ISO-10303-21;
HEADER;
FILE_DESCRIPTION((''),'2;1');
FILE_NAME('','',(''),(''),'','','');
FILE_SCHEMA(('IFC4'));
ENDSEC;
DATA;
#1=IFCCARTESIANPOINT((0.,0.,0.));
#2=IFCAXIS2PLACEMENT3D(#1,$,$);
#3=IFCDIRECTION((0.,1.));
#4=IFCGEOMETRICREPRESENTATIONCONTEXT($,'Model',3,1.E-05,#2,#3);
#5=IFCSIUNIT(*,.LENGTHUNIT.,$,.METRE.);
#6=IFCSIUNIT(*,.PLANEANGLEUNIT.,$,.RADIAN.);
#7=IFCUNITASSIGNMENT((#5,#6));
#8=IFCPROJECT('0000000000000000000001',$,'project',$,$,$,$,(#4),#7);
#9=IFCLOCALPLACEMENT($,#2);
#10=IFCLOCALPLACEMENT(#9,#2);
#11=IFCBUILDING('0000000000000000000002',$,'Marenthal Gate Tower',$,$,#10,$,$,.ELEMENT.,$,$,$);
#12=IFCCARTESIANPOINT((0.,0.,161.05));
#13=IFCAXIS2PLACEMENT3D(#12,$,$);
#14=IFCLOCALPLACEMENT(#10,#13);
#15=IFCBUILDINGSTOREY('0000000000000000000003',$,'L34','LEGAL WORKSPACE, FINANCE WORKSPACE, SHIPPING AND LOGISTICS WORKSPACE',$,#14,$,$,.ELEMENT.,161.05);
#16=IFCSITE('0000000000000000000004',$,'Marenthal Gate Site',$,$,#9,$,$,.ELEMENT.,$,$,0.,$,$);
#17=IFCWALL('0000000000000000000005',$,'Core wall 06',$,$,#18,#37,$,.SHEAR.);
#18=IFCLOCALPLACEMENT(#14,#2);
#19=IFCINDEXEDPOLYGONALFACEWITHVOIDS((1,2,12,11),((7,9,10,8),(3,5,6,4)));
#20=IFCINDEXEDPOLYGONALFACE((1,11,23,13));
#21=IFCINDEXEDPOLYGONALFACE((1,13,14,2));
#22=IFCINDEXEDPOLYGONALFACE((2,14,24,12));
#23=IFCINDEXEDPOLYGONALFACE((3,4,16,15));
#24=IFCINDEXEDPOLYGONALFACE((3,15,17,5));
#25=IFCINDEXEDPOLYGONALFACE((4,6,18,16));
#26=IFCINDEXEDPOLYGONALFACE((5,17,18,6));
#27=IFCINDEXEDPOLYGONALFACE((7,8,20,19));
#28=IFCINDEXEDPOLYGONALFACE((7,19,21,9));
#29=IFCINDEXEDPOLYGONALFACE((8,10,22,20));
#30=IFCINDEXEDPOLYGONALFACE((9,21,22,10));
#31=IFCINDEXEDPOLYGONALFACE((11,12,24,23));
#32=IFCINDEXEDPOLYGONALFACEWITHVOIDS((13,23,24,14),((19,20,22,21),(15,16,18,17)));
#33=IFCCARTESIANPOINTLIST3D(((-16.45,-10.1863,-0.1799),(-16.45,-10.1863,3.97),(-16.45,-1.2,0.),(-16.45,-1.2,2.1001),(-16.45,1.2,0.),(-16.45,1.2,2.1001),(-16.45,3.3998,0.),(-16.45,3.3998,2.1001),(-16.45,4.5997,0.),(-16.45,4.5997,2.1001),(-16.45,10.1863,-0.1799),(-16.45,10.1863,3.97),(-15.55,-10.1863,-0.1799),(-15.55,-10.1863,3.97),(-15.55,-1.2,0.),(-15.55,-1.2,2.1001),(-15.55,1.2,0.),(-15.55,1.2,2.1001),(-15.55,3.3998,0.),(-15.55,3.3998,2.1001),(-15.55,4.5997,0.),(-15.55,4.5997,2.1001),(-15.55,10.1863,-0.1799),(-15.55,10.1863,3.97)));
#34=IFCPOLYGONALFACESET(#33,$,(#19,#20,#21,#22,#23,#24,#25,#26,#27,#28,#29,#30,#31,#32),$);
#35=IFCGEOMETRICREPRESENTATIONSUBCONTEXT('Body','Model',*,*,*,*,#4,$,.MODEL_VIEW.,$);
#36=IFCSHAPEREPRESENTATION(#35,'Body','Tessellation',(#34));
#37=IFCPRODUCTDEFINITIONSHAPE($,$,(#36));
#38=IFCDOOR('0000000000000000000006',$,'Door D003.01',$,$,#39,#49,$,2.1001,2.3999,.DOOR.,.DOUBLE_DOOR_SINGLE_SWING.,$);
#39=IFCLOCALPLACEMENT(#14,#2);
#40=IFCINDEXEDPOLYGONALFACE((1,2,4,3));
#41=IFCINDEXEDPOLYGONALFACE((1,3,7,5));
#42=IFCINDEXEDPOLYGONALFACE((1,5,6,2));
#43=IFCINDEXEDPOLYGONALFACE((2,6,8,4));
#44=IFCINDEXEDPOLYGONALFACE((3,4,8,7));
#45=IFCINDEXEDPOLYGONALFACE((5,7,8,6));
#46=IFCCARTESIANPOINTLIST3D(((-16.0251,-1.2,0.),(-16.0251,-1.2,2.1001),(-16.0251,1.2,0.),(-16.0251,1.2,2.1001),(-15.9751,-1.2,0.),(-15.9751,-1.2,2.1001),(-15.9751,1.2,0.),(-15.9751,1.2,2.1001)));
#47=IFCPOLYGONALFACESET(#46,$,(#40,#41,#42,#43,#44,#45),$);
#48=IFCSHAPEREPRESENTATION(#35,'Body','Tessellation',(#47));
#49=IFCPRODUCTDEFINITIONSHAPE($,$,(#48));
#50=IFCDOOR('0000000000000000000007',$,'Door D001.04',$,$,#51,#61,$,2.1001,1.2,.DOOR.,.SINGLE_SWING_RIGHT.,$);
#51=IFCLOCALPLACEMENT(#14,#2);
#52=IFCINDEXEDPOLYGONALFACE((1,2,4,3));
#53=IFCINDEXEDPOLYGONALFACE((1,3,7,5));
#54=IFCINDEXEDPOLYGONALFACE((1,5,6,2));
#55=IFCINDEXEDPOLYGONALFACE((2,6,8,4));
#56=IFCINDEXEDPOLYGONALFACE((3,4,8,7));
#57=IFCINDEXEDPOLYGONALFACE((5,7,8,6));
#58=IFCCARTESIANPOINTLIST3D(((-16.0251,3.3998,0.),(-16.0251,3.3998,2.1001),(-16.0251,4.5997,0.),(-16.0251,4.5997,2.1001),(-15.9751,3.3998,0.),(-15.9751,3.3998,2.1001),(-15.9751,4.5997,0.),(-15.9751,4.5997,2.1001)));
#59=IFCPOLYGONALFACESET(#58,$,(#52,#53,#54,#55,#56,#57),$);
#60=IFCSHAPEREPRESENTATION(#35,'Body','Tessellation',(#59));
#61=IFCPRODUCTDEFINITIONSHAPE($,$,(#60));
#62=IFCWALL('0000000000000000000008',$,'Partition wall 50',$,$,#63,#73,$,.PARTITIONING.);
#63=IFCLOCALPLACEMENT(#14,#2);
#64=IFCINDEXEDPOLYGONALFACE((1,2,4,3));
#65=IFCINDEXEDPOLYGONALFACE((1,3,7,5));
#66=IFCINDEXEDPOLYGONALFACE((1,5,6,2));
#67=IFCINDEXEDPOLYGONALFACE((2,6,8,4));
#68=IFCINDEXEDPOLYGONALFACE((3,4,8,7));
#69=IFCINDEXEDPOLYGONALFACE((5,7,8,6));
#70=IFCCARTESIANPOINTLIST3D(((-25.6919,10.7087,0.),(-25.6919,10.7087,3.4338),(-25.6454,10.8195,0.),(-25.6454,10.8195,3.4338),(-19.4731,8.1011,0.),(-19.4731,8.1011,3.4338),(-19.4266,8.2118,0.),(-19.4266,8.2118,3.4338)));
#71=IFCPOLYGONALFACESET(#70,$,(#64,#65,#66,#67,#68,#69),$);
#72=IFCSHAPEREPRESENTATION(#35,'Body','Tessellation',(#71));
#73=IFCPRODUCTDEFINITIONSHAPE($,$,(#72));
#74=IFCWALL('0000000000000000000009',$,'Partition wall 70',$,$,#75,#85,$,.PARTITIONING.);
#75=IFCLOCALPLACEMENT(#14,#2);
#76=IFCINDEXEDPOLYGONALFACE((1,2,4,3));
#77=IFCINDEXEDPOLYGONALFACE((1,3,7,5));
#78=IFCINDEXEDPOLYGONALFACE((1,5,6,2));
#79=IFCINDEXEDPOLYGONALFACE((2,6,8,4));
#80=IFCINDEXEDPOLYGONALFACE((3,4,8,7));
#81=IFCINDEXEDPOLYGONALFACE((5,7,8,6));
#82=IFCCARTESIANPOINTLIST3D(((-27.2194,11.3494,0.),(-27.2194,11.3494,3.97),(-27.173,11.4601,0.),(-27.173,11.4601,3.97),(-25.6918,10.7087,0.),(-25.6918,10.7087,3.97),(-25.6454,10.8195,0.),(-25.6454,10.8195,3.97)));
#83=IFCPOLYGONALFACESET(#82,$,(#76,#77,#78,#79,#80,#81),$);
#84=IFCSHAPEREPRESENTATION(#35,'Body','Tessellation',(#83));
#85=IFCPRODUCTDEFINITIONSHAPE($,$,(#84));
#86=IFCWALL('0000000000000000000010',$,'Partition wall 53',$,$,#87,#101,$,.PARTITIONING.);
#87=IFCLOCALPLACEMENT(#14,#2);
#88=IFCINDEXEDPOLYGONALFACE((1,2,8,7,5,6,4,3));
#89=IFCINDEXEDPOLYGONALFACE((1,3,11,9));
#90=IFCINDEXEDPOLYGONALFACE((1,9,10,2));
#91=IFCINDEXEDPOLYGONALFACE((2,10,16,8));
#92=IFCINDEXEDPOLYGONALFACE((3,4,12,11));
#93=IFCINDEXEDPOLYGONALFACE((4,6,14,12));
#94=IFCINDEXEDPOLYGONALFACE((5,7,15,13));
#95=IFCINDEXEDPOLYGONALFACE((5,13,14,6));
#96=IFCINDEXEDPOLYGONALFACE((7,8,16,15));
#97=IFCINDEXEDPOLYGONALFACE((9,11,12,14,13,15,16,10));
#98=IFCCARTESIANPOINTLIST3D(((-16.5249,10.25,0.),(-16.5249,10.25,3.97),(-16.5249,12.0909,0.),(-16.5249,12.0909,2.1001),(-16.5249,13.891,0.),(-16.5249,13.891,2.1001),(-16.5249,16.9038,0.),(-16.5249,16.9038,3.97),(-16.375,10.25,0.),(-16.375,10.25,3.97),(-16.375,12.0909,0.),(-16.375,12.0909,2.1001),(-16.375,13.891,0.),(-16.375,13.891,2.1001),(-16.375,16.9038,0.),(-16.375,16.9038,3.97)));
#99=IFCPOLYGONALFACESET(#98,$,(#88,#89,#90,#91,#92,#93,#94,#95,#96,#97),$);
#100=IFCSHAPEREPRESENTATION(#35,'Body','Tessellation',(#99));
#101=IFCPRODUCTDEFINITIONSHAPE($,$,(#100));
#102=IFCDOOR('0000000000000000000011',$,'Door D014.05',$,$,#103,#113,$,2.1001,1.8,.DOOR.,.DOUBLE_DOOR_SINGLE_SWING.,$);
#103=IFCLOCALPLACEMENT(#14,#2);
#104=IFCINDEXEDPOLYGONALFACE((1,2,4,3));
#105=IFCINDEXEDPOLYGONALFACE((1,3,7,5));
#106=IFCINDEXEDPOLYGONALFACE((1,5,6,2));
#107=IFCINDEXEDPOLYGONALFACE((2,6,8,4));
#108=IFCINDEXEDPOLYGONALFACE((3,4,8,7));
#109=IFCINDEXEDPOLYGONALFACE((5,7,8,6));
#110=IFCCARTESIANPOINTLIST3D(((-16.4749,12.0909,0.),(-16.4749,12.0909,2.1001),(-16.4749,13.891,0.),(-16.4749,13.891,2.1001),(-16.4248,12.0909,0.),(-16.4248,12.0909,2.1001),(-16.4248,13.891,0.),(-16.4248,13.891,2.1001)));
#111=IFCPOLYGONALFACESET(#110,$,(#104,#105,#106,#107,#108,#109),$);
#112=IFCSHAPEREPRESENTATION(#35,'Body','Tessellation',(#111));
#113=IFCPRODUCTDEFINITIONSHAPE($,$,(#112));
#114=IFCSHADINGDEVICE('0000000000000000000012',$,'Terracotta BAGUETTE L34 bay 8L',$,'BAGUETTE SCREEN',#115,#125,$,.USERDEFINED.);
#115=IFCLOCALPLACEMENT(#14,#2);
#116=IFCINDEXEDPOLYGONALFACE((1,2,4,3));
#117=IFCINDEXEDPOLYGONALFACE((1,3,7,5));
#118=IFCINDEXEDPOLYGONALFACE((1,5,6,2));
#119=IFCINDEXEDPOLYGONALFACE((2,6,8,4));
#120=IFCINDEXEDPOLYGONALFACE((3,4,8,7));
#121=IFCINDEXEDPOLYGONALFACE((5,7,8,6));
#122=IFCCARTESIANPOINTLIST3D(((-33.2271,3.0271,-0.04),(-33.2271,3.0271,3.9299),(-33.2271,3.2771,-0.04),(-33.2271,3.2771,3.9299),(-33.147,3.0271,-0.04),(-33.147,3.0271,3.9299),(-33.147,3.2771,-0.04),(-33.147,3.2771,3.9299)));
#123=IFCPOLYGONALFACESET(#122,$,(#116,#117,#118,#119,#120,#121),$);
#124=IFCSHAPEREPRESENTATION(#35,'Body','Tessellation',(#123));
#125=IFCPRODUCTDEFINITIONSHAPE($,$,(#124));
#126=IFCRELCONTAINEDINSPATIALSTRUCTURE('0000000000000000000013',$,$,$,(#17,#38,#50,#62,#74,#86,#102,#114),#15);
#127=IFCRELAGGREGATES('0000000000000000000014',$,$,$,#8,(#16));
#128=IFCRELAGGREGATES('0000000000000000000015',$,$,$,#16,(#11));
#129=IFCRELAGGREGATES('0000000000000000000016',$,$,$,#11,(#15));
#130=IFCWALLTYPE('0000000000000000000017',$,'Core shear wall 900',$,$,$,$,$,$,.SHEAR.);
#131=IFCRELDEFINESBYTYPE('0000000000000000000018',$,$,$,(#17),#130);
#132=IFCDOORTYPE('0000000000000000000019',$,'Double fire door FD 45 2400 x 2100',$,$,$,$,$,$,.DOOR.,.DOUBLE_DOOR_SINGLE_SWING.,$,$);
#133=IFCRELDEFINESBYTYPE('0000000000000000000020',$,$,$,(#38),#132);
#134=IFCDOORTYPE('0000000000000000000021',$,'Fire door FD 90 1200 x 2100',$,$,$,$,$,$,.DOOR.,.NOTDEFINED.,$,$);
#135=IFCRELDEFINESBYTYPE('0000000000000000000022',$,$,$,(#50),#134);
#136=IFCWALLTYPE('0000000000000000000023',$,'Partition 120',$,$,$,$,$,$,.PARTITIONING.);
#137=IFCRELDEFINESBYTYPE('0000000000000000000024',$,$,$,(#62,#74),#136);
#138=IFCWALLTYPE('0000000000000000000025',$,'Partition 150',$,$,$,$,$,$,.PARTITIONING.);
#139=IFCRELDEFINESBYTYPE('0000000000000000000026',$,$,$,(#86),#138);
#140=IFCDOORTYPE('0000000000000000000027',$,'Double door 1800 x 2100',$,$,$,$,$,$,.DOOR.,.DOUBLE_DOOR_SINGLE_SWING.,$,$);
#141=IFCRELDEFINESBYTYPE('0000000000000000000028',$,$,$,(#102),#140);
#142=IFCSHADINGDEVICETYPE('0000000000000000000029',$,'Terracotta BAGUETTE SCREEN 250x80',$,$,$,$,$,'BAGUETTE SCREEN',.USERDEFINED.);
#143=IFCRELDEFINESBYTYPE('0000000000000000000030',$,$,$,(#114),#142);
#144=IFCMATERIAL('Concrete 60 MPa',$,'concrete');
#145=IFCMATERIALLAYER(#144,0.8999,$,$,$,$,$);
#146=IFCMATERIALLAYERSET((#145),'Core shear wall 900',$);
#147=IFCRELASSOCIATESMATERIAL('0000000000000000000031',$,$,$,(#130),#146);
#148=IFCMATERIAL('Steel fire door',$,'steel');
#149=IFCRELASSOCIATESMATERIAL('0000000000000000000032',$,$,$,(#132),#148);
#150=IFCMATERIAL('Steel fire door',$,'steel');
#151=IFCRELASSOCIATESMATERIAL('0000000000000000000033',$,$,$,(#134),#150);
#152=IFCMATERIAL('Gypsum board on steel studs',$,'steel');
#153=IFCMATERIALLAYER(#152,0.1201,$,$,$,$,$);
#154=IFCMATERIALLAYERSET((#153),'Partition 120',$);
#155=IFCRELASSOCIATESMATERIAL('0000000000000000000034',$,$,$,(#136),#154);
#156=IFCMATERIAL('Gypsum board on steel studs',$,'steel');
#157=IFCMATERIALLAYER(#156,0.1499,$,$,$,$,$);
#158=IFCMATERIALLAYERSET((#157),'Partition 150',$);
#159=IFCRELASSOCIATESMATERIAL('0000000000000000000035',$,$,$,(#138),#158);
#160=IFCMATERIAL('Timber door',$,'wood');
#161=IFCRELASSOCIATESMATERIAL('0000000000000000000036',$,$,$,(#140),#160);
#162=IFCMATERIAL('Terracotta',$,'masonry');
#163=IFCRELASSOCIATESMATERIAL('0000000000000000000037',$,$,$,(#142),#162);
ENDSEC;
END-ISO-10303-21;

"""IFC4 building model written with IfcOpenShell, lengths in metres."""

from ifc_helpers import new_model, si_unit, direction, frame, frame_2d, origin, origin_2d, place, context, subcontext, project, spatial, rectangle, extrude, material, layer, layer_set, material_profile, profile_set, type_object, element, fill, save


model = new_model("IFC4")

# Units and contexts
model_context = context("Model", 3, precision=1e-05, world=origin(), true_north=direction((0.0, 1.0)))
body_context = subcontext(model_context, "Body", "Model", "MODEL_VIEW")
ifc_project = project(units=[si_unit("LENGTHUNIT", "METRE"), si_unit("PLANEANGLEUNIT", "RADIAN")], contexts=[model_context])

# Site, building, storey
site_placement = place(None, origin())
site = spatial("IfcSite", under=ifc_project, at=site_placement, Name="Marenthal Gate Site", CompositionType="ELEMENT", RefElevation=0.0)
building_placement = place(site_placement, origin())
building = spatial("IfcBuilding", under=site, at=building_placement, Name="Marenthal Gate Tower", CompositionType="ELEMENT")
storey_placement = place(building_placement, frame((0.0, 0.0, 161.05)))
storey = spatial("IfcBuildingStorey", under=building, at=storey_placement, Name="L34", Description="LEGAL WORKSPACE, FINANCE WORKSPACE, SHIPPING AND LOGISTICS WORKSPACE", CompositionType="ELEMENT", Elevation=161.05)

# Wall, openings, doors
ifc_material_1 = material(Name="Concrete 60 MPa", Category="concrete")
ifc_layer_1 = layer(ifc_material_1, 0.8999)
ifc_layer_set_1 = layer_set([ifc_layer_1], Name="Core shear wall 900")
wall_type_1 = type_object("IfcWallType", Name="Core shear wall 900", PredefinedType="SHEAR", material=ifc_layer_set_1)
wall_1_placement = place(storey_placement, frame((-16.0, 10.1863, -0.1799), z_axis=(0.0, 0.0, 1.0), x_axis=(0.0, -1.0, 0.0)))
wall_1 = element("IfcWall", 1, at=wall_1_placement, inside=storey, type_object=wall_type_1, Name="Core wall 06", PredefinedType="SHEAR", context=body_context, shape_type="SweptSolid", body=[
    extrude(rectangle(XDim=20.3726, YDim=0.8999, at=frame_2d((10.1863, 0.0))), origin(), (0.0, 0.0, 1.0), 4.1499),
])
opening_1_placement = place(wall_1_placement, frame((8.9863, 0.0, 0.1799)))
opening_1 = element("IfcOpeningElement", 2, at=opening_1_placement, cuts=wall_1, PredefinedType="OPENING", context=body_context, shape_type="SweptSolid", body=[
    extrude(rectangle(XDim=2.3999, YDim=2.1001, at=frame_2d((1.2, 1.05))), frame((0.0, 0.46, 0.0), z_axis=(0.0, -1.0, 0.0), x_axis=(1.0, 0.0, 0.0)), (0.0, 0.0, 1.0), 0.9199),
])
opening_2_placement = place(wall_1_placement, frame((5.5864, 0.0, 0.1799)))
opening_2 = element("IfcOpeningElement", 3, at=opening_2_placement, cuts=wall_1, PredefinedType="OPENING", context=body_context, shape_type="SweptSolid", body=[
    extrude(rectangle(XDim=1.2, YDim=2.1001, at=frame_2d((0.6001, 1.05))), frame((0.0, 0.46, 0.0), z_axis=(0.0, -1.0, 0.0), x_axis=(1.0, 0.0, 0.0)), (0.0, 0.0, 1.0), 0.9199),
])
ifc_material_2 = material(Name="Steel fire door", Category="steel")
door_type_1 = type_object("IfcDoorType", Name="Double fire door FD 45 2400 x 2100", OperationType="DOUBLE_DOOR_SINGLE_SWING", PredefinedType="DOOR", material=ifc_material_2)
door_1_placement = place(opening_1_placement, origin())
door_1 = element("IfcDoor", 4, at=door_1_placement, inside=storey, type_object=door_type_1, Name="Door D003.01", OperationType="DOUBLE_DOOR_SINGLE_SWING", OverallHeight=2.1001, OverallWidth=2.3999, PredefinedType="DOOR", context=body_context, shape_type="SweptSolid", body=[
    extrude(rectangle(XDim=2.3999, YDim=2.1001, at=frame_2d((1.2, 1.05))), frame((0.0, 0.0249, 0.0), z_axis=(0.0, -1.0, 0.0), x_axis=(1.0, 0.0, 0.0)), (0.0, 0.0, 1.0), 0.05),
])
fill(opening_1, door_1)
ifc_material_3 = material(Name="Steel fire door", Category="steel")
door_type_2 = type_object("IfcDoorType", Name="Fire door FD 90 1200 x 2100", OperationType="NOTDEFINED", PredefinedType="DOOR", material=ifc_material_3)
door_2_placement = place(opening_2_placement, origin())
door_2 = element("IfcDoor", 5, at=door_2_placement, inside=storey, type_object=door_type_2, Name="Door D001.04", OperationType="SINGLE_SWING_RIGHT", OverallHeight=2.1001, OverallWidth=1.2, PredefinedType="DOOR", context=body_context, shape_type="SweptSolid", body=[
    extrude(rectangle(XDim=1.2, YDim=2.1001, at=frame_2d((0.6001, 1.05))), frame((0.0, 0.0249, 0.0), z_axis=(0.0, -1.0, 0.0), x_axis=(1.0, 0.0, 0.0)), (0.0, 0.0, 1.0), 0.05),
])
fill(opening_2, door_2)

# Walls
ifc_material_4 = material(Name="Gypsum board on steel studs", Category="steel")
ifc_layer_2 = layer(ifc_material_4, 0.1201)
ifc_layer_set_2 = layer_set([ifc_layer_2], Name="Partition 120")
wall_type_2 = type_object("IfcWallType", Name="Partition 120", PredefinedType="PARTITIONING", material=ifc_layer_set_2)
wall_2_placement = place(storey_placement, frame((-19.45, 8.1565, 0.0), z_axis=(0.0, 0.0, 1.0), x_axis=(-0.922205, 0.386702, 0.0)))
element("IfcWall", 6, at=wall_2_placement, inside=storey, type_object=wall_type_2, Name="Partition wall 50", PredefinedType="PARTITIONING", context=body_context, shape_type="SweptSolid", body=[
    extrude(rectangle(XDim=6.7434, YDim=0.1201, at=frame_2d((3.3716, 0.0))), origin(), (0.0, 0.0, 1.0), 3.4338),
])
wall_3_placement = place(storey_placement, frame((-25.6687, 10.7642, 0.0), z_axis=(0.0, 0.0, 1.0), x_axis=(-0.922189, 0.386739, 0.0)))
element("IfcWall", 7, at=wall_3_placement, inside=storey, type_object=wall_type_2, Name="Partition wall 70", PredefinedType="PARTITIONING", context=body_context, shape_type="SweptSolid", body=[
    extrude(rectangle(XDim=1.6565, YDim=0.1201, at=frame_2d((0.8281, 0.0))), origin(), (0.0, 0.0, 1.0), 3.97),
])

# Wall, opening, door
ifc_material_5 = material(Name="Gypsum board on steel studs", Category="steel")
ifc_layer_3 = layer(ifc_material_5, 0.1499)
ifc_layer_set_3 = layer_set([ifc_layer_3], Name="Partition 150")
wall_type_3 = type_object("IfcWallType", Name="Partition 150", PredefinedType="PARTITIONING", material=ifc_layer_set_3)
wall_4_placement = place(storey_placement, frame((-16.45, 10.25, 0.0), z_axis=(0.0, 0.0, 1.0), x_axis=(0.0, 1.0, 0.0)))
wall_4 = element("IfcWall", 8, at=wall_4_placement, inside=storey, type_object=wall_type_3, Name="Partition wall 53", PredefinedType="PARTITIONING", context=body_context, shape_type="SweptSolid", body=[
    extrude(rectangle(XDim=6.6538, YDim=0.1499, at=frame_2d((3.3269, 0.0))), origin(), (0.0, 0.0, 1.0), 3.97),
])
opening_3_placement = place(wall_4_placement, frame((1.8411, 0.0, 0.0)))
opening_3 = element("IfcOpeningElement", 9, at=opening_3_placement, cuts=wall_4, PredefinedType="OPENING", context=body_context, shape_type="SweptSolid", body=[
    extrude(rectangle(XDim=1.8, YDim=2.1001, at=frame_2d((0.8999, 1.05))), frame((0.0, 0.085, 0.0), z_axis=(0.0, -1.0, 0.0), x_axis=(1.0, 0.0, 0.0)), (0.0, 0.0, 1.0), 0.1699),
])
ifc_material_6 = material(Name="Timber door", Category="wood")
door_type_3 = type_object("IfcDoorType", Name="Double door 1800 x 2100", OperationType="DOUBLE_DOOR_SINGLE_SWING", PredefinedType="DOOR", material=ifc_material_6)
door_3_placement = place(opening_3_placement, origin())
door_3 = element("IfcDoor", 10, at=door_3_placement, inside=storey, type_object=door_type_3, Name="Door D014.05", OperationType="DOUBLE_DOOR_SINGLE_SWING", OverallHeight=2.1001, OverallWidth=1.8, PredefinedType="DOOR", context=body_context, shape_type="SweptSolid", body=[
    extrude(rectangle(XDim=1.8, YDim=2.1001, at=frame_2d((0.8999, 1.05))), frame((0.0, 0.0249, 0.0), z_axis=(0.0, -1.0, 0.0), x_axis=(1.0, 0.0, 0.0)), (0.0, 0.0, 1.0), 0.05),
])
fill(opening_3, door_3)

# Shading device
ifc_material_7 = material(Name="Terracotta", Category="masonry")
ifc_material_profile_1 = material_profile(ifc_material_7, rectangle(XDim=0.25, YDim=0.0801, at=origin_2d()), Name="Terracotta baguette 250x80")
ifc_profile_set_1 = profile_set([ifc_material_profile_1], Name="Terracotta")
shading_device_type = type_object("IfcShadingDeviceType", Name="Terracotta BAGUETTE SCREEN 250x80", ElementType="BAGUETTE SCREEN", PredefinedType="USERDEFINED", material=ifc_profile_set_1)
shading_device_placement = place(storey_placement, frame((-33.187, 3.1521, -0.04), z_axis=(0.0, 0.0, 1.0), x_axis=(0.0, -1.0, 0.0)))
element("IfcShadingDevice", 11, at=shading_device_placement, inside=storey, type_object=shading_device_type, Name="Terracotta BAGUETTE L34 bay 8L", ObjectType="BAGUETTE SCREEN", PredefinedType="USERDEFINED", context=body_context, shape_type="SweptSolid", body=[
    extrude(rectangle(XDim=0.25, YDim=0.0801, at=origin_2d()), origin(), (0.0, 0.0, 1.0), 3.97),
])

save(model, "model.ifc")
